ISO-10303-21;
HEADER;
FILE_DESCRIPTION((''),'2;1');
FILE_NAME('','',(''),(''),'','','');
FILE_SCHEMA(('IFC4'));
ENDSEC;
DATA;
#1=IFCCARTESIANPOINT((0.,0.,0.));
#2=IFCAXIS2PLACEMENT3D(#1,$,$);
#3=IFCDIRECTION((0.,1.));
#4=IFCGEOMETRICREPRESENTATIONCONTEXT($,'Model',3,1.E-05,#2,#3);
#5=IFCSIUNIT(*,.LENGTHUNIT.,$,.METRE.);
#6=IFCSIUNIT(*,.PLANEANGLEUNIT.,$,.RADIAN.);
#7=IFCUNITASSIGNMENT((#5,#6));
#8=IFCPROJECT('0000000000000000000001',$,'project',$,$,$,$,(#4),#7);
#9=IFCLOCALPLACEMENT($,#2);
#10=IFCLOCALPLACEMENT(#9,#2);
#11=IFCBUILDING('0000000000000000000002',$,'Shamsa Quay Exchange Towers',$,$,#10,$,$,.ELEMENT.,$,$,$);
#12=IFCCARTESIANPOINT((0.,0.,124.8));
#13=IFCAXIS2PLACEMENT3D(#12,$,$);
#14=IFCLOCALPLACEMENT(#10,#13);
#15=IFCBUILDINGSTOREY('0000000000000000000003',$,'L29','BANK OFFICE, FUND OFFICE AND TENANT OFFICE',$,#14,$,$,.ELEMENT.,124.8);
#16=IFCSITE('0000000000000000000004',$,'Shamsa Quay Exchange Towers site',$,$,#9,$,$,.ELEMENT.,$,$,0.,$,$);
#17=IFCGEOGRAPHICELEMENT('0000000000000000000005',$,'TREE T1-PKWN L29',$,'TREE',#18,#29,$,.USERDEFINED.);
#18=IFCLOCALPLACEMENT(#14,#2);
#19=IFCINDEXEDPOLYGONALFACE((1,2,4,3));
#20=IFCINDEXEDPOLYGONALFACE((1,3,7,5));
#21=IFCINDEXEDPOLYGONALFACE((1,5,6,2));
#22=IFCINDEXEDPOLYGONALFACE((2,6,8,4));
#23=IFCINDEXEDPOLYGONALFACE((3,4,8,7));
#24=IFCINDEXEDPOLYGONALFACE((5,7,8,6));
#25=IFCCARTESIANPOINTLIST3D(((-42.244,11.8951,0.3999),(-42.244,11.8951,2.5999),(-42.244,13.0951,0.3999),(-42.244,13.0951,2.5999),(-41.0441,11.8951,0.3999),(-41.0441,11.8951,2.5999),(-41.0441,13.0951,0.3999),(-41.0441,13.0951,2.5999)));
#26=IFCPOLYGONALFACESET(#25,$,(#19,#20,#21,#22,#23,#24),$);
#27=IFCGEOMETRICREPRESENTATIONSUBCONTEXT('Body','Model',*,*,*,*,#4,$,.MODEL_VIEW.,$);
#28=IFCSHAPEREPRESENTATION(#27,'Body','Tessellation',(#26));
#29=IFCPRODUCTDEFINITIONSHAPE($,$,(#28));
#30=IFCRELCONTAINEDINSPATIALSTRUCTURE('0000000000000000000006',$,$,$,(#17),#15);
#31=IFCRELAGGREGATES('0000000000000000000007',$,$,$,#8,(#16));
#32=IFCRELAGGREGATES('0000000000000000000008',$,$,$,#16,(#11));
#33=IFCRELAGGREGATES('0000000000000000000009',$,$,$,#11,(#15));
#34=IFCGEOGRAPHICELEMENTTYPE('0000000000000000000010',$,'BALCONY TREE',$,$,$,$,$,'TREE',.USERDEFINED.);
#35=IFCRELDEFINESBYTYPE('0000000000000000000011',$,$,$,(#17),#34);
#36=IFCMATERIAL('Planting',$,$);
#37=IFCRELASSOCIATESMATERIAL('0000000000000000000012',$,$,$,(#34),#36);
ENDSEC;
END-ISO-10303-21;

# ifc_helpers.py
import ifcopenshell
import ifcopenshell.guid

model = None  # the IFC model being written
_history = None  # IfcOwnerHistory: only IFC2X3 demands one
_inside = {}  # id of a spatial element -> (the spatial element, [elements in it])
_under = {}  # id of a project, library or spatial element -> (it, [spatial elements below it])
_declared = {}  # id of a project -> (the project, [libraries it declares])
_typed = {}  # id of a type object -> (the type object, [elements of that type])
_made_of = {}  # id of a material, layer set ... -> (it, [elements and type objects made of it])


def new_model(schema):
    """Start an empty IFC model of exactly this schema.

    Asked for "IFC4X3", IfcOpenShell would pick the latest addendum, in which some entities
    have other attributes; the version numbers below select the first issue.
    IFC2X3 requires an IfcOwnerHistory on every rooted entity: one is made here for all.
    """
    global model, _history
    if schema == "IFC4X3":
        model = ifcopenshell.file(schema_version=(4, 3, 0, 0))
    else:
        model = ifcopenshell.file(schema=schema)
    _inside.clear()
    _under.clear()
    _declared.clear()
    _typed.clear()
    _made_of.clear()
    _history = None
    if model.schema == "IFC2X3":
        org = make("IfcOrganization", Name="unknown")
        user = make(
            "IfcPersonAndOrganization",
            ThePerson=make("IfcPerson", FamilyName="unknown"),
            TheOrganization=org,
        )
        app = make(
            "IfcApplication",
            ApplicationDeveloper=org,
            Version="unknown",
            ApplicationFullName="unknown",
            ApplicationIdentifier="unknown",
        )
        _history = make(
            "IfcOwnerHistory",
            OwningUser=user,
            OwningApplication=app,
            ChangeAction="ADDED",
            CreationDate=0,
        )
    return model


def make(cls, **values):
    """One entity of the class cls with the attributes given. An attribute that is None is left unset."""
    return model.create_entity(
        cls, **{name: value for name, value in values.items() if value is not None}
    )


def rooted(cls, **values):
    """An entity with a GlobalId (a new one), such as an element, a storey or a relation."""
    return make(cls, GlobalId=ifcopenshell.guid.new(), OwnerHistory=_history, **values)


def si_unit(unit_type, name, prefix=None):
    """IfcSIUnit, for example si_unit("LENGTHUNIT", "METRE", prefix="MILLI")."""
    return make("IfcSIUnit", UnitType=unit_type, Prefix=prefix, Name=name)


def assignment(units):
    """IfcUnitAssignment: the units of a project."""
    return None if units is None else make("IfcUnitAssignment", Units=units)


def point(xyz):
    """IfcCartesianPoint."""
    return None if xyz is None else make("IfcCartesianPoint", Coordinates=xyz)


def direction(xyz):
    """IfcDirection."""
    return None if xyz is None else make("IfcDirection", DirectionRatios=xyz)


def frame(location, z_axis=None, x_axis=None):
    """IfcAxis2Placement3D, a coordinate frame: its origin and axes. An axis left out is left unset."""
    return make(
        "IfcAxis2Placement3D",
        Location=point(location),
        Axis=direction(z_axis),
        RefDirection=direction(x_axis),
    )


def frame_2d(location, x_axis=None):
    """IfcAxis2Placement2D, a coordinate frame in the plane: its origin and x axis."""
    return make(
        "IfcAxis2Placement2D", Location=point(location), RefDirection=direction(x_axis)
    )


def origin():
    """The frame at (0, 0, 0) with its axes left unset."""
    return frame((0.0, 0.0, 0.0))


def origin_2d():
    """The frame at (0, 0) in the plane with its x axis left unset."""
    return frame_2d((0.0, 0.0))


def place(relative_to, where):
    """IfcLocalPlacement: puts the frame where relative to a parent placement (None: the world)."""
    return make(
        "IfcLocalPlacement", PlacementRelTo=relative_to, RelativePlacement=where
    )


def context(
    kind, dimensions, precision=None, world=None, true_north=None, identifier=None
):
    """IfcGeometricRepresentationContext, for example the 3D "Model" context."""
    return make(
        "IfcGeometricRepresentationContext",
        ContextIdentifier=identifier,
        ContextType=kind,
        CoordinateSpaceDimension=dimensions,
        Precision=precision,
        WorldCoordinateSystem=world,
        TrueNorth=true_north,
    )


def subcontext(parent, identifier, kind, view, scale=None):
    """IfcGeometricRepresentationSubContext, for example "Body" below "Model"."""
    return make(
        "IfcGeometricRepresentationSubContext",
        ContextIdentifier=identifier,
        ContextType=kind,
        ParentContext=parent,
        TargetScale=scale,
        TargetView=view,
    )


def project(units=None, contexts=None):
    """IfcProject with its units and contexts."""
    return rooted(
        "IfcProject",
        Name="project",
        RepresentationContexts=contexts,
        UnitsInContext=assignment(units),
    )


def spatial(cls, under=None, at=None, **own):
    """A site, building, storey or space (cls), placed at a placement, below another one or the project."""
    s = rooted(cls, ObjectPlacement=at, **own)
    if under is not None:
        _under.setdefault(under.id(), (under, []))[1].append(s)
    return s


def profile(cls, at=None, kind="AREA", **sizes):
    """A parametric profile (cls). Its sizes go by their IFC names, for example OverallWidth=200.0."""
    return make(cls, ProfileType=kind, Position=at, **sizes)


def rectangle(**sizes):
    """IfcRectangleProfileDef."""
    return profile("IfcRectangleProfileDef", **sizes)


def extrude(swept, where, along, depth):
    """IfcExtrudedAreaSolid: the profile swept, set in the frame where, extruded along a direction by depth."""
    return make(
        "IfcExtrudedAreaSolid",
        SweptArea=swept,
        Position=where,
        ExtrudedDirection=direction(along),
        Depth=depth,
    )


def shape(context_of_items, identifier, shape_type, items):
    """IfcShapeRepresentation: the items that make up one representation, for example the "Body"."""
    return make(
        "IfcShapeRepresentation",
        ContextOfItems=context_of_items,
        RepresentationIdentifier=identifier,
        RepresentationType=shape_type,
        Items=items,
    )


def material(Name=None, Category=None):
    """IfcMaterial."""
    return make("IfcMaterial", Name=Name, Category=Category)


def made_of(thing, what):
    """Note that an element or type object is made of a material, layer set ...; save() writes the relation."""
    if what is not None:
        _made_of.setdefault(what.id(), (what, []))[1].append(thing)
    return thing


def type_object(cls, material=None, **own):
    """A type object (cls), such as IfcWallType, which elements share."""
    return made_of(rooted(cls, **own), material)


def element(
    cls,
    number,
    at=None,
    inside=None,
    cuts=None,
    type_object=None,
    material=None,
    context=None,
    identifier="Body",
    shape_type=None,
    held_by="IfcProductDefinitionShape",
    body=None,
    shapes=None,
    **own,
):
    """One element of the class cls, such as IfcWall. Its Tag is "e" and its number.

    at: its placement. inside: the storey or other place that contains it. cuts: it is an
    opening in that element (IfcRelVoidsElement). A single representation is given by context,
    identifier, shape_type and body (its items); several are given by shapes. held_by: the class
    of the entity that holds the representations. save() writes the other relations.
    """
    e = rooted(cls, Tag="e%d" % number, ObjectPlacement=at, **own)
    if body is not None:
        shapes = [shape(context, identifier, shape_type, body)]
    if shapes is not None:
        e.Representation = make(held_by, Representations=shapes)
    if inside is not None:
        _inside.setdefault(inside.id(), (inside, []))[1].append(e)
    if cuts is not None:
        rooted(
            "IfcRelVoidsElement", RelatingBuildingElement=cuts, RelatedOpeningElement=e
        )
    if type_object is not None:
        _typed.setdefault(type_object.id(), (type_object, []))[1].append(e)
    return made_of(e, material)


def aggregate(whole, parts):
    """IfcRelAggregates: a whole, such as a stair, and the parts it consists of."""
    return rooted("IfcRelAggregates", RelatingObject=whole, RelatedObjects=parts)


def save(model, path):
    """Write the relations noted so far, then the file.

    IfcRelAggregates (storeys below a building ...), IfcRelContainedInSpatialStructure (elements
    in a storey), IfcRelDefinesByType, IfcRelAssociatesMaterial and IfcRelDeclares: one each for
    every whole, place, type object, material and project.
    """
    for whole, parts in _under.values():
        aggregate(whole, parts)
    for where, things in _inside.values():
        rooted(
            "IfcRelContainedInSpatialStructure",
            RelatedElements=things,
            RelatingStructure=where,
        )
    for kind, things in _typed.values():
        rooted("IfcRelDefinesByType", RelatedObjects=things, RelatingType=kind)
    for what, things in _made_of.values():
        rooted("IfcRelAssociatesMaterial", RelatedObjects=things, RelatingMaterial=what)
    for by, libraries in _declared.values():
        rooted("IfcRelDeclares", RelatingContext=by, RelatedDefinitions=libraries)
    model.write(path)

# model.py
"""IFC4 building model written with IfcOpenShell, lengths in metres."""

from ifc_helpers import new_model, si_unit, direction, frame, origin, origin_2d, place, context, subcontext, project, spatial, rectangle, extrude, material, type_object, element, save


model = new_model("IFC4")

# Units and contexts
model_context = context("Model", 3, precision=1e-05, world=origin(), true_north=direction((0.0, 1.0)))
body_context = subcontext(model_context, "Body", "Model", "MODEL_VIEW")
ifc_project = project(units=[si_unit("LENGTHUNIT", "METRE"), si_unit("PLANEANGLEUNIT", "RADIAN")], contexts=[model_context])

# Site, building, storey
site_placement = place(None, origin())
site = spatial("IfcSite", under=ifc_project, at=site_placement, Name="Shamsa Quay Exchange Towers site", CompositionType="ELEMENT", RefElevation=0.0)
building_placement = place(site_placement, origin())
building = spatial("IfcBuilding", under=site, at=building_placement, Name="Shamsa Quay Exchange Towers", CompositionType="ELEMENT")
storey_placement = place(building_placement, frame((0.0, 0.0, 124.8)))
storey = spatial("IfcBuildingStorey", under=building, at=storey_placement, Name="L29", Description="BANK OFFICE, FUND OFFICE AND TENANT OFFICE", CompositionType="ELEMENT", Elevation=124.8)

# Geographic element
ifc_material_1 = material(Name="Planting")
geographic_element_type = type_object("IfcGeographicElementType", Name="BALCONY TREE", ElementType="TREE", PredefinedType="USERDEFINED", material=ifc_material_1)
geographic_element_placement = place(storey_placement, frame((-41.644, 12.4951, 0.3999), z_axis=(0.0, 0.0, 1.0), x_axis=(-1.0, 0.0, 0.0)))
element("IfcGeographicElement", 1, at=geographic_element_placement, inside=storey, type_object=geographic_element_type, Name="TREE T1-PKWN L29", ObjectType="TREE", PredefinedType="USERDEFINED", context=body_context, shape_type="SweptSolid", body=[
    extrude(rectangle(XDim=1.2, YDim=1.2, at=origin_2d()), origin(), (0.0, 0.0, 1.0), 2.2),
])

save(model, "model.ifc")
